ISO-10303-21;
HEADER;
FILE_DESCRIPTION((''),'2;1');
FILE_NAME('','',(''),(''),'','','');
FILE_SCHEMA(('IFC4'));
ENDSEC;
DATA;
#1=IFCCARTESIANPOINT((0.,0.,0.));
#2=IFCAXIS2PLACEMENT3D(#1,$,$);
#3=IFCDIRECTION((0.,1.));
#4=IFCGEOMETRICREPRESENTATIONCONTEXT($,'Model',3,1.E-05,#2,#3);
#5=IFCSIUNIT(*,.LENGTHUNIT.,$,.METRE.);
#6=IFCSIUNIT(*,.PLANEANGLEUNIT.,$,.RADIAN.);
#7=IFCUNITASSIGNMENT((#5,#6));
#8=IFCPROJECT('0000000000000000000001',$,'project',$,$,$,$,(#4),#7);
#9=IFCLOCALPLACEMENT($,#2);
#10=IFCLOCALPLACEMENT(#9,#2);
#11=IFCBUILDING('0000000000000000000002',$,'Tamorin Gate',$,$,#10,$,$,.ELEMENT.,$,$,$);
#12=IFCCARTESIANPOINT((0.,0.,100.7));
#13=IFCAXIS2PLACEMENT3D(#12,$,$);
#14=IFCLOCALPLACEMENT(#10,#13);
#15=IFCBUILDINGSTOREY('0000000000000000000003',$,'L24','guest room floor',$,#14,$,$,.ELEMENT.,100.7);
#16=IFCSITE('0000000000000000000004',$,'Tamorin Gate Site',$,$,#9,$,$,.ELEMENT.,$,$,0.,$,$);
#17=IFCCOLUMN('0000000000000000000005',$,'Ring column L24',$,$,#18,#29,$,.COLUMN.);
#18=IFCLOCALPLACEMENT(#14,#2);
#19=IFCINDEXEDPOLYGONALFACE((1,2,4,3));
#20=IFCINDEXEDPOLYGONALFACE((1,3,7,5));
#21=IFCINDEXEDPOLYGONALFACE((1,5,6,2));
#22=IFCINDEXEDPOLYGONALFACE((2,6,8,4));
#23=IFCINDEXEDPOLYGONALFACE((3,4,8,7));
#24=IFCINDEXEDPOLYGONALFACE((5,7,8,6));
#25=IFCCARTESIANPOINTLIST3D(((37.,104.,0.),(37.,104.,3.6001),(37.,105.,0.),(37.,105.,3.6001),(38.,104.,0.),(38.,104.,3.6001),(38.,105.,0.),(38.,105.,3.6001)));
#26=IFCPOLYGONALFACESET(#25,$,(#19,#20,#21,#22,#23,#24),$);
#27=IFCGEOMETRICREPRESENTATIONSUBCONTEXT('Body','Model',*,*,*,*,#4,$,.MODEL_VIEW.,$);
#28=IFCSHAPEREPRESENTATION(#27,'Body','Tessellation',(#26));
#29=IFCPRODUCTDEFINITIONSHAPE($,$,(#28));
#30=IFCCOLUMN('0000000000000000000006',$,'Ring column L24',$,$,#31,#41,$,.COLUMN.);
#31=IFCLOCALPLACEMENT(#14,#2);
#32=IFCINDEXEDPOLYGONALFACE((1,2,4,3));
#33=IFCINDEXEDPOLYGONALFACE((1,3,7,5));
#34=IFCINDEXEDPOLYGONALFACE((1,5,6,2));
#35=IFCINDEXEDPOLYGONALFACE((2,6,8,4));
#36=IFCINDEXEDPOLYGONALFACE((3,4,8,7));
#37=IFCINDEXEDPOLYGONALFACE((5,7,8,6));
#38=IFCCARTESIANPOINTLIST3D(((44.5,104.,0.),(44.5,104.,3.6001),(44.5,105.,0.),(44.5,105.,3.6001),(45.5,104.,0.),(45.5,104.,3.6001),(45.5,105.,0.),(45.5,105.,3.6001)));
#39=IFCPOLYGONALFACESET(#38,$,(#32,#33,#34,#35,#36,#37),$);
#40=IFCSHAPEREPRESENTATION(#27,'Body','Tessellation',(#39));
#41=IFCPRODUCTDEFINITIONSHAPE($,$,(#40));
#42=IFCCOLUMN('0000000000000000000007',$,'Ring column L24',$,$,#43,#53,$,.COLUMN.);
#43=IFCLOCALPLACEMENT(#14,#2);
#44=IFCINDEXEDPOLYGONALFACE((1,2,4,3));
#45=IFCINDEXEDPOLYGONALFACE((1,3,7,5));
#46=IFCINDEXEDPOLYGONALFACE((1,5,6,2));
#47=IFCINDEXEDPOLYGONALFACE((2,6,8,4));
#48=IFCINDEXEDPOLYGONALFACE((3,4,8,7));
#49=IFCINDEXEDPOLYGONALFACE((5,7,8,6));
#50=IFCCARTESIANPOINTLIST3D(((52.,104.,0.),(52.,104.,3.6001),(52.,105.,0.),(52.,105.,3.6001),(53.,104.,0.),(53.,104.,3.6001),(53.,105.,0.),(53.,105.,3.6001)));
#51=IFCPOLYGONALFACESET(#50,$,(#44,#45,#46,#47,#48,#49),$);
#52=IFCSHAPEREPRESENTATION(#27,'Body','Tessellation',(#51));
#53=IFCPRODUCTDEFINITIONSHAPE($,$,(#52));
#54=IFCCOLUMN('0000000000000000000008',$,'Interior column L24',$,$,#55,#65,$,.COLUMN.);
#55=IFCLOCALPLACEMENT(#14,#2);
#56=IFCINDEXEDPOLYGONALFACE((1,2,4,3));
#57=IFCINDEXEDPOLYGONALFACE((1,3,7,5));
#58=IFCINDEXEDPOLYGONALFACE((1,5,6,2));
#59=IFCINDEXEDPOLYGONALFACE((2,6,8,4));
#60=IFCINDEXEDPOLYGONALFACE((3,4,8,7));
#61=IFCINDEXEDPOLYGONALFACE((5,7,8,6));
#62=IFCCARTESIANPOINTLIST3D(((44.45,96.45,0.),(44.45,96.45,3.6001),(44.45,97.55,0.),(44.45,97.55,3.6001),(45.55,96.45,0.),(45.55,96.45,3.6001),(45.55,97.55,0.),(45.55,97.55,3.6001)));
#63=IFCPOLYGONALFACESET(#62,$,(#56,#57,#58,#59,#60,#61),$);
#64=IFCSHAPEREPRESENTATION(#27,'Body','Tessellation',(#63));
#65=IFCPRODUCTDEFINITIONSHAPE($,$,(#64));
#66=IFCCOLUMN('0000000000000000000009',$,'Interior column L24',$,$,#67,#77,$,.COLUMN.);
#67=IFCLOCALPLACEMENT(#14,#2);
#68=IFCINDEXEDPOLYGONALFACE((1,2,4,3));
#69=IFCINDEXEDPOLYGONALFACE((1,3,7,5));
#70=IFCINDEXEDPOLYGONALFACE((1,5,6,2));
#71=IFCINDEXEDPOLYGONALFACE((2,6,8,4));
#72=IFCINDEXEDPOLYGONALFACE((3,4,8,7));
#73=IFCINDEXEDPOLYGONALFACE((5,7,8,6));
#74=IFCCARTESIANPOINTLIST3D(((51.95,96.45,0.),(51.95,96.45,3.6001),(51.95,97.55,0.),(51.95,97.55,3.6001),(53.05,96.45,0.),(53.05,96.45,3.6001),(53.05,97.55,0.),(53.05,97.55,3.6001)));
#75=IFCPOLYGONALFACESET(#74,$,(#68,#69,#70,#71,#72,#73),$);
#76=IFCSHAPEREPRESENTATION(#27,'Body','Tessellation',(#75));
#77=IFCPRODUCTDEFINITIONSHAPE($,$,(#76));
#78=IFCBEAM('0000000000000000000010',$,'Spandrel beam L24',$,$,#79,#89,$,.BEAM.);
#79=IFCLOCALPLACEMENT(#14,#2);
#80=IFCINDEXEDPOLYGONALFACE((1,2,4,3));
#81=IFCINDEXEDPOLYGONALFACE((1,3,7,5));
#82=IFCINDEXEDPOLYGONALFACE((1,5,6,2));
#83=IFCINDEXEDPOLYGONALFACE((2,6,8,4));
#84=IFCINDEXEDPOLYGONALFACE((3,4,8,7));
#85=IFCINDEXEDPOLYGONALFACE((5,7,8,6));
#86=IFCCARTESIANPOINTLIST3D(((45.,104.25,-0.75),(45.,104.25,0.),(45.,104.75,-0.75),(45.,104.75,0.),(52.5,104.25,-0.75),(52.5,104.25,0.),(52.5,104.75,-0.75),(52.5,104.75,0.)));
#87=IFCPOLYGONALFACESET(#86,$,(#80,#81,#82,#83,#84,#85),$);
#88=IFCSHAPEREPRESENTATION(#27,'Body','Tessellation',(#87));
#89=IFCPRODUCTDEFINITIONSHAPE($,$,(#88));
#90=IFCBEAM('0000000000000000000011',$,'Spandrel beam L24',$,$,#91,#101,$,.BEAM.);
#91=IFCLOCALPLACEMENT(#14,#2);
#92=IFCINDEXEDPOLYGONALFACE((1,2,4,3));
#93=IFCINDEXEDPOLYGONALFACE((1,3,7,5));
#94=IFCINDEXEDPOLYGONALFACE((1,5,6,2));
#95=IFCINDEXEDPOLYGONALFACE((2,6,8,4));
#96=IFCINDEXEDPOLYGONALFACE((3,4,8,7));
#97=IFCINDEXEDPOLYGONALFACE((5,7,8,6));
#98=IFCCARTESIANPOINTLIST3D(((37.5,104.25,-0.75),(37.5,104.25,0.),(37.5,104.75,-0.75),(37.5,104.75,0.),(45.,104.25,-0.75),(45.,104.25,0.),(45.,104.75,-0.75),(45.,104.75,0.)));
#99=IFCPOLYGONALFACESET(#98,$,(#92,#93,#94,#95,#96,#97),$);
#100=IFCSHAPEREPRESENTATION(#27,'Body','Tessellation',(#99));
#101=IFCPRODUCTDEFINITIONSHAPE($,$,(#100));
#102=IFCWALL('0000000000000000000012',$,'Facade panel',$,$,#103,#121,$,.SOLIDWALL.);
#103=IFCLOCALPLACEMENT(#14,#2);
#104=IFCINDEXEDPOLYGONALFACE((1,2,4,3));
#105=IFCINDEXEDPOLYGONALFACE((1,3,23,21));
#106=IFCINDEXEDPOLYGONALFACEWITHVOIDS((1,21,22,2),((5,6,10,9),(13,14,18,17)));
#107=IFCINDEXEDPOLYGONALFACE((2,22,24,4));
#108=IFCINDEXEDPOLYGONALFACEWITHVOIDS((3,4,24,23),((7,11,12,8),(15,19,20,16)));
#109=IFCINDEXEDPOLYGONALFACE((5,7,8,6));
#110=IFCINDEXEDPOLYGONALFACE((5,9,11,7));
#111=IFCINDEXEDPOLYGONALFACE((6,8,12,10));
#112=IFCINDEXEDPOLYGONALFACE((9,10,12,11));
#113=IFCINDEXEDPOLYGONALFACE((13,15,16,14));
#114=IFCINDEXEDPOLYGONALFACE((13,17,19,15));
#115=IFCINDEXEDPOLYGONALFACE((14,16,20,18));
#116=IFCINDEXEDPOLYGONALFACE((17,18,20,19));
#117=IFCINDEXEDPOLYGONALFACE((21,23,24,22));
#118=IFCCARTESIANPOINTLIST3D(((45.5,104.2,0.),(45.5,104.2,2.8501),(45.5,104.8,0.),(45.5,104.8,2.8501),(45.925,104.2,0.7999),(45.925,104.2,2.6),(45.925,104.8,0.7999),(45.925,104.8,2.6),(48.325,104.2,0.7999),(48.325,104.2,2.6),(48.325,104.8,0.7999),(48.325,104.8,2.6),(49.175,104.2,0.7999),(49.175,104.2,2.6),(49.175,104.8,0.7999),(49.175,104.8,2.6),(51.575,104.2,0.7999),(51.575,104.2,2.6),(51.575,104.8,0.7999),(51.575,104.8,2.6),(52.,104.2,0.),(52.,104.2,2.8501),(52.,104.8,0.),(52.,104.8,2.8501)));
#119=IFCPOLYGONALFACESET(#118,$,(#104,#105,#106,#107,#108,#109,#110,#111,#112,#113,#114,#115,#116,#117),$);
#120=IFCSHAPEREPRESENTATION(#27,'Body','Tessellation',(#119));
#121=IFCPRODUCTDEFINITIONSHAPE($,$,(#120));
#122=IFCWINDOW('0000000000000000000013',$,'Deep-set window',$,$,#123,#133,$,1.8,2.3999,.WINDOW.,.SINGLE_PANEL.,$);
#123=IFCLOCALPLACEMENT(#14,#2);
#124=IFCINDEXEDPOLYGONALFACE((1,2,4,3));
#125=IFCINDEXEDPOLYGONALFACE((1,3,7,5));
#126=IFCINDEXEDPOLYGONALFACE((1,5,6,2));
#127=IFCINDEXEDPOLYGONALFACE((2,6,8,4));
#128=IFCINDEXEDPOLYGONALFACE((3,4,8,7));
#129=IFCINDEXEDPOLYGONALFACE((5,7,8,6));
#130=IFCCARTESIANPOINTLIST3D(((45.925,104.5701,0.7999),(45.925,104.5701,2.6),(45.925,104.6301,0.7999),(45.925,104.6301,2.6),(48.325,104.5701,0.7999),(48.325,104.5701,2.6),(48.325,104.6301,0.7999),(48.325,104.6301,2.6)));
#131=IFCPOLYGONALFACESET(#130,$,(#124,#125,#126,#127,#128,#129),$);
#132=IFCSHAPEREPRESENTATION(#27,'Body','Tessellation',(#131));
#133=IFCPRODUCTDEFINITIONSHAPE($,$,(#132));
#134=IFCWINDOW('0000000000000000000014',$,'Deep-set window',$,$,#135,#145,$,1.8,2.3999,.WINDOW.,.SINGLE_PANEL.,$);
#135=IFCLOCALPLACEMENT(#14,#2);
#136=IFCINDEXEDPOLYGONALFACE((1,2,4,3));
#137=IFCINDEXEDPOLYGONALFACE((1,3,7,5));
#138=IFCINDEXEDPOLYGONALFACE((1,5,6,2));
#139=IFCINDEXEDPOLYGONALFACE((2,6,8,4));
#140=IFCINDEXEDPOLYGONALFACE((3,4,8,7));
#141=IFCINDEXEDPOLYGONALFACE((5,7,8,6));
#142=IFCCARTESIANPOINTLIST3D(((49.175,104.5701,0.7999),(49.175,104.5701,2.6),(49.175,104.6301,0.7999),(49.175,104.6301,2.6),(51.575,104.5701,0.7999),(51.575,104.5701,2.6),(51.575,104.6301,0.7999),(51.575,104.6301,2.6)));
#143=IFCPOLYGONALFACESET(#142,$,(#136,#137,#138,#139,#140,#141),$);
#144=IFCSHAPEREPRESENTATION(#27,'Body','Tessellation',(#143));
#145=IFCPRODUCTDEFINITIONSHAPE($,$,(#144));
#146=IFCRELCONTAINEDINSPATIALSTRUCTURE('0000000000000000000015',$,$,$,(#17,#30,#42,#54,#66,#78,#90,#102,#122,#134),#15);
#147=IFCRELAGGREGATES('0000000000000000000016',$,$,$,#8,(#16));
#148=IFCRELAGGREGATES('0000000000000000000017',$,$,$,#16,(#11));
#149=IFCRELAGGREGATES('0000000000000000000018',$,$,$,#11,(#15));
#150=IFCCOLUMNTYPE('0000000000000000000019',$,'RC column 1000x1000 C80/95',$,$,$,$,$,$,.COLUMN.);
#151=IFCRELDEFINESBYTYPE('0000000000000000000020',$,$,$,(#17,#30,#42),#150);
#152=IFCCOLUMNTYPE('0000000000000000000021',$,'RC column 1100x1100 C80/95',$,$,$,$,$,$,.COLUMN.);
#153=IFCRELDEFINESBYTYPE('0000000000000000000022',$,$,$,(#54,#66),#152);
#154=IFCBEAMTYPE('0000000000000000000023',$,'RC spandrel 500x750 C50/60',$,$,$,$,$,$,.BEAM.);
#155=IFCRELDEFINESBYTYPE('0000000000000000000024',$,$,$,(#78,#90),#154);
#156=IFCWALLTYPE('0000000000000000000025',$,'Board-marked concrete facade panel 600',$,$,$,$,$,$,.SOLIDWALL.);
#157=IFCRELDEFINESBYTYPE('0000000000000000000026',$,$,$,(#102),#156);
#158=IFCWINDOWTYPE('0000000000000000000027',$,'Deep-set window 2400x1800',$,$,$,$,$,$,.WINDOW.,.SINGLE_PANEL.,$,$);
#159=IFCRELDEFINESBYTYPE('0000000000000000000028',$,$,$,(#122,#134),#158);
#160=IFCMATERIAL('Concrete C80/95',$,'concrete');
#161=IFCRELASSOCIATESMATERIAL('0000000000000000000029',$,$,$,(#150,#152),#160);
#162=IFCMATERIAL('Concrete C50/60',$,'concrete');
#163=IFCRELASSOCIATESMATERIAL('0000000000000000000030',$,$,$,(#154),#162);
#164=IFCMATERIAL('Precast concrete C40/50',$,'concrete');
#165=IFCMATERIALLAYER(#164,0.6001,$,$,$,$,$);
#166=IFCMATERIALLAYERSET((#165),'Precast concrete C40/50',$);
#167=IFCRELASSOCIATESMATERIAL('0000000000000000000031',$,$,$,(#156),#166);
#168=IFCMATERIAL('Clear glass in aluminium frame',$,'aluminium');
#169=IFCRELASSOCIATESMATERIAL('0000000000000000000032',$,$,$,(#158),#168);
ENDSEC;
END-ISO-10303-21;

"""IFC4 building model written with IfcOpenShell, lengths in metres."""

from ifc_helpers import new_model, si_unit, direction, frame, frame_2d, origin, origin_2d, place, context, subcontext, project, spatial, rectangle, extrude, material, layer, layer_set, material_profile, profile_set, type_object, element, fill, save


model = new_model("IFC4")

# Units and contexts
model_context = context("Model", 3, precision=1e-05, world=origin(), true_north=direction((0.0, 1.0)))
body_context = subcontext(model_context, "Body", "Model", "MODEL_VIEW")
ifc_project = project(units=[si_unit("LENGTHUNIT", "METRE"), si_unit("PLANEANGLEUNIT", "RADIAN")], contexts=[model_context])

# Site, building, storey
site_placement = place(None, origin())
site = spatial("IfcSite", under=ifc_project, at=site_placement, Name="Tamorin Gate Site", CompositionType="ELEMENT", RefElevation=0.0)
building_placement = place(site_placement, origin())
building = spatial("IfcBuilding", under=site, at=building_placement, Name="Tamorin Gate", CompositionType="ELEMENT")
storey_placement = place(building_placement, frame((0.0, 0.0, 100.7)))
storey = spatial("IfcBuildingStorey", under=building, at=storey_placement, Name="L24", Description="guest room floor", CompositionType="ELEMENT", Elevation=100.7)

# Columns
ifc_material_1 = material(Name="Concrete C80/95", Category="concrete")
ifc_material_profile_1 = material_profile(ifc_material_1, rectangle(XDim=1.0, YDim=1.0, at=origin_2d()), Name="RC 1000x1000")
ifc_profile_set_1 = profile_set([ifc_material_profile_1], Name="Concrete C80/95")
column_type_1 = type_object("IfcColumnType", Name="RC column 1000x1000 C80/95", PredefinedType="COLUMN", material=ifc_profile_set_1)
for number, where, z_axis, x_axis, name in (
    (1, (37.5, 104.5, 0.0), (0.0, 0.0, 1.0), (1.0, 0.0, 0.0), "Ring column L24"),
    (2, (45.0, 104.5, 0.0), (0.0, 0.0, 1.0), (1.0, 0.0, 0.0), "Ring column L24"),
    (3, (52.5, 104.5, 0.0), (0.0, 0.0, 1.0), (1.0, 0.0, 0.0), "Ring column L24"),
):
    element("IfcColumn", number, at=place(storey_placement, frame(where, z_axis=z_axis, x_axis=x_axis)), inside=storey, type_object=column_type_1, Name=name, PredefinedType="COLUMN", context=body_context, shape_type="SweptSolid", body=[
        extrude(rectangle(XDim=1.0, YDim=1.0, at=origin_2d()), origin(), (0.0, 0.0, 1.0), 3.6001),
    ])
ifc_material_profile_2 = material_profile(ifc_material_1, rectangle(XDim=1.1001, YDim=1.1001, at=origin_2d()), Name="RC 1100x1100")
ifc_profile_set_2 = profile_set([ifc_material_profile_2], Name="Concrete C80/95")
column_type_2 = type_object("IfcColumnType", Name="RC column 1100x1100 C80/95", PredefinedType="COLUMN", material=ifc_profile_set_2)
for number, where, z_axis, x_axis, name in (
    (4, (45.0, 97.0, 0.0), (0.0, 0.0, 1.0), (1.0, 0.0, 0.0), "Interior column L24"),
    (5, (52.5, 97.0, 0.0), (0.0, 0.0, 1.0), (1.0, 0.0, 0.0), "Interior column L24"),
):
    element("IfcColumn", number, at=place(storey_placement, frame(where, z_axis=z_axis, x_axis=x_axis)), inside=storey, type_object=column_type_2, Name=name, PredefinedType="COLUMN", context=body_context, shape_type="SweptSolid", body=[
        extrude(rectangle(XDim=1.1001, YDim=1.1001, at=origin_2d()), origin(), (0.0, 0.0, 1.0), 3.6001),
    ])

# Beams
ifc_material_2 = material(Name="Concrete C50/60", Category="concrete")
ifc_material_profile_3 = material_profile(ifc_material_2, rectangle(XDim=0.5, YDim=0.75, at=origin_2d()), Name="RC 500x750")
ifc_profile_set_3 = profile_set([ifc_material_profile_3], Name="Concrete C50/60")
beam_type = type_object("IfcBeamType", Name="RC spandrel 500x750 C50/60", PredefinedType="BEAM", material=ifc_profile_set_3)
for number, where, z_axis, x_axis, name in (
    (6, (52.5, 104.5, -0.375), (-1.0, 0.0, 0.0), (0.0, -1.0, 0.0), "Spandrel beam L24"),
    (7, (45.0, 104.5, -0.375), (-1.0, 0.0, 0.0), (0.0, -1.0, 0.0), "Spandrel beam L24"),
):
    element("IfcBeam", number, at=place(storey_placement, frame(where, z_axis=z_axis, x_axis=x_axis)), inside=storey, type_object=beam_type, Name=name, PredefinedType="BEAM", context=body_context, shape_type="SweptSolid", body=[
        extrude(rectangle(XDim=0.5, YDim=0.75, at=origin_2d()), origin(), (0.0, 0.0, 1.0), 7.5),
    ])

# Wall, openings, windows
ifc_material_3 = material(Name="Precast concrete C40/50", Category="concrete")
ifc_layer_1 = layer(ifc_material_3, 0.6001)
ifc_layer_set_1 = layer_set([ifc_layer_1], Name="Precast concrete C40/50")
wall_type_1 = type_object("IfcWallType", Name="Board-marked concrete facade panel 600", PredefinedType="SOLIDWALL", material=ifc_layer_set_1)
wall_1_placement = place(storey_placement, frame((52.0, 104.5, 0.0), z_axis=(0.0, 0.0, 1.0), x_axis=(-1.0, 0.0, 0.0)))
wall_1 = element("IfcWall", 8, at=wall_1_placement, inside=storey, type_object=wall_type_1, Name="Facade panel", PredefinedType="SOLIDWALL", context=body_context, shape_type="SweptSolid", body=[
    extrude(rectangle(XDim=6.5, YDim=0.6001, at=frame_2d((3.25, 0.0))), origin(), (0.0, 0.0, 1.0), 2.8501),
])
opening_1_placement = place(wall_1_placement, frame((3.675, 0.0, 0.8)))
opening_1 = element("IfcOpeningElement", 9, at=opening_1_placement, cuts=wall_1, PredefinedType="OPENING", context=body_context, shape_type="SweptSolid", body=[
    extrude(rectangle(XDim=2.3999, YDim=1.8, at=frame_2d((1.2, 0.8999))), frame((0.0, 0.3101, 0.0), z_axis=(0.0, -1.0, 0.0), x_axis=(1.0, 0.0, 0.0)), (0.0, 0.0, 1.0), 0.6201),
])
opening_2_placement = place(wall_1_placement, frame((0.425, 0.0, 0.8)))
opening_2 = element("IfcOpeningElement", 10, at=opening_2_placement, cuts=wall_1, PredefinedType="OPENING", context=body_context, shape_type="SweptSolid", body=[
    extrude(rectangle(XDim=2.3999, YDim=1.8, at=frame_2d((1.2, 0.8999))), frame((0.0, 0.3101, 0.0), z_axis=(0.0, -1.0, 0.0), x_axis=(1.0, 0.0, 0.0)), (0.0, 0.0, 1.0), 0.6201),
])
ifc_material_4 = material(Name="Clear glass in aluminium frame", Category="aluminium")
window_type = type_object("IfcWindowType", Name="Deep-set window 2400x1800", PartitioningType="SINGLE_PANEL", PredefinedType="WINDOW", material=ifc_material_4)
window_1_placement = place(opening_1_placement, origin())
window_1 = element("IfcWindow", 11, at=window_1_placement, inside=storey, type_object=window_type, Name="Deep-set window", OverallHeight=1.8, OverallWidth=2.3999, PartitioningType="SINGLE_PANEL", PredefinedType="WINDOW", context=body_context, shape_type="SweptSolid", body=[
    extrude(rectangle(XDim=2.3999, YDim=1.8, at=frame_2d((1.2, 0.8999))), frame((0.0, -0.0701, 0.0), z_axis=(0.0, -1.0, 0.0), x_axis=(1.0, 0.0, 0.0)), (0.0, 0.0, 1.0), 0.0601),
])
fill(opening_1, window_1)
window_2_placement = place(opening_2_placement, origin())
window_2 = element("IfcWindow", 12, at=window_2_placement, inside=storey, type_object=window_type, Name="Deep-set window", OverallHeight=1.8, OverallWidth=2.3999, PartitioningType="SINGLE_PANEL", PredefinedType="WINDOW", context=body_context, shape_type="SweptSolid", body=[
    extrude(rectangle(XDim=2.3999, YDim=1.8, at=frame_2d((1.2, 0.8999))), frame((0.0, -0.0701, 0.0), z_axis=(0.0, -1.0, 0.0), x_axis=(1.0, 0.0, 0.0)), (0.0, 0.0, 1.0), 0.0601),
])
fill(opening_2, window_2)

save(model, "model.ifc")
